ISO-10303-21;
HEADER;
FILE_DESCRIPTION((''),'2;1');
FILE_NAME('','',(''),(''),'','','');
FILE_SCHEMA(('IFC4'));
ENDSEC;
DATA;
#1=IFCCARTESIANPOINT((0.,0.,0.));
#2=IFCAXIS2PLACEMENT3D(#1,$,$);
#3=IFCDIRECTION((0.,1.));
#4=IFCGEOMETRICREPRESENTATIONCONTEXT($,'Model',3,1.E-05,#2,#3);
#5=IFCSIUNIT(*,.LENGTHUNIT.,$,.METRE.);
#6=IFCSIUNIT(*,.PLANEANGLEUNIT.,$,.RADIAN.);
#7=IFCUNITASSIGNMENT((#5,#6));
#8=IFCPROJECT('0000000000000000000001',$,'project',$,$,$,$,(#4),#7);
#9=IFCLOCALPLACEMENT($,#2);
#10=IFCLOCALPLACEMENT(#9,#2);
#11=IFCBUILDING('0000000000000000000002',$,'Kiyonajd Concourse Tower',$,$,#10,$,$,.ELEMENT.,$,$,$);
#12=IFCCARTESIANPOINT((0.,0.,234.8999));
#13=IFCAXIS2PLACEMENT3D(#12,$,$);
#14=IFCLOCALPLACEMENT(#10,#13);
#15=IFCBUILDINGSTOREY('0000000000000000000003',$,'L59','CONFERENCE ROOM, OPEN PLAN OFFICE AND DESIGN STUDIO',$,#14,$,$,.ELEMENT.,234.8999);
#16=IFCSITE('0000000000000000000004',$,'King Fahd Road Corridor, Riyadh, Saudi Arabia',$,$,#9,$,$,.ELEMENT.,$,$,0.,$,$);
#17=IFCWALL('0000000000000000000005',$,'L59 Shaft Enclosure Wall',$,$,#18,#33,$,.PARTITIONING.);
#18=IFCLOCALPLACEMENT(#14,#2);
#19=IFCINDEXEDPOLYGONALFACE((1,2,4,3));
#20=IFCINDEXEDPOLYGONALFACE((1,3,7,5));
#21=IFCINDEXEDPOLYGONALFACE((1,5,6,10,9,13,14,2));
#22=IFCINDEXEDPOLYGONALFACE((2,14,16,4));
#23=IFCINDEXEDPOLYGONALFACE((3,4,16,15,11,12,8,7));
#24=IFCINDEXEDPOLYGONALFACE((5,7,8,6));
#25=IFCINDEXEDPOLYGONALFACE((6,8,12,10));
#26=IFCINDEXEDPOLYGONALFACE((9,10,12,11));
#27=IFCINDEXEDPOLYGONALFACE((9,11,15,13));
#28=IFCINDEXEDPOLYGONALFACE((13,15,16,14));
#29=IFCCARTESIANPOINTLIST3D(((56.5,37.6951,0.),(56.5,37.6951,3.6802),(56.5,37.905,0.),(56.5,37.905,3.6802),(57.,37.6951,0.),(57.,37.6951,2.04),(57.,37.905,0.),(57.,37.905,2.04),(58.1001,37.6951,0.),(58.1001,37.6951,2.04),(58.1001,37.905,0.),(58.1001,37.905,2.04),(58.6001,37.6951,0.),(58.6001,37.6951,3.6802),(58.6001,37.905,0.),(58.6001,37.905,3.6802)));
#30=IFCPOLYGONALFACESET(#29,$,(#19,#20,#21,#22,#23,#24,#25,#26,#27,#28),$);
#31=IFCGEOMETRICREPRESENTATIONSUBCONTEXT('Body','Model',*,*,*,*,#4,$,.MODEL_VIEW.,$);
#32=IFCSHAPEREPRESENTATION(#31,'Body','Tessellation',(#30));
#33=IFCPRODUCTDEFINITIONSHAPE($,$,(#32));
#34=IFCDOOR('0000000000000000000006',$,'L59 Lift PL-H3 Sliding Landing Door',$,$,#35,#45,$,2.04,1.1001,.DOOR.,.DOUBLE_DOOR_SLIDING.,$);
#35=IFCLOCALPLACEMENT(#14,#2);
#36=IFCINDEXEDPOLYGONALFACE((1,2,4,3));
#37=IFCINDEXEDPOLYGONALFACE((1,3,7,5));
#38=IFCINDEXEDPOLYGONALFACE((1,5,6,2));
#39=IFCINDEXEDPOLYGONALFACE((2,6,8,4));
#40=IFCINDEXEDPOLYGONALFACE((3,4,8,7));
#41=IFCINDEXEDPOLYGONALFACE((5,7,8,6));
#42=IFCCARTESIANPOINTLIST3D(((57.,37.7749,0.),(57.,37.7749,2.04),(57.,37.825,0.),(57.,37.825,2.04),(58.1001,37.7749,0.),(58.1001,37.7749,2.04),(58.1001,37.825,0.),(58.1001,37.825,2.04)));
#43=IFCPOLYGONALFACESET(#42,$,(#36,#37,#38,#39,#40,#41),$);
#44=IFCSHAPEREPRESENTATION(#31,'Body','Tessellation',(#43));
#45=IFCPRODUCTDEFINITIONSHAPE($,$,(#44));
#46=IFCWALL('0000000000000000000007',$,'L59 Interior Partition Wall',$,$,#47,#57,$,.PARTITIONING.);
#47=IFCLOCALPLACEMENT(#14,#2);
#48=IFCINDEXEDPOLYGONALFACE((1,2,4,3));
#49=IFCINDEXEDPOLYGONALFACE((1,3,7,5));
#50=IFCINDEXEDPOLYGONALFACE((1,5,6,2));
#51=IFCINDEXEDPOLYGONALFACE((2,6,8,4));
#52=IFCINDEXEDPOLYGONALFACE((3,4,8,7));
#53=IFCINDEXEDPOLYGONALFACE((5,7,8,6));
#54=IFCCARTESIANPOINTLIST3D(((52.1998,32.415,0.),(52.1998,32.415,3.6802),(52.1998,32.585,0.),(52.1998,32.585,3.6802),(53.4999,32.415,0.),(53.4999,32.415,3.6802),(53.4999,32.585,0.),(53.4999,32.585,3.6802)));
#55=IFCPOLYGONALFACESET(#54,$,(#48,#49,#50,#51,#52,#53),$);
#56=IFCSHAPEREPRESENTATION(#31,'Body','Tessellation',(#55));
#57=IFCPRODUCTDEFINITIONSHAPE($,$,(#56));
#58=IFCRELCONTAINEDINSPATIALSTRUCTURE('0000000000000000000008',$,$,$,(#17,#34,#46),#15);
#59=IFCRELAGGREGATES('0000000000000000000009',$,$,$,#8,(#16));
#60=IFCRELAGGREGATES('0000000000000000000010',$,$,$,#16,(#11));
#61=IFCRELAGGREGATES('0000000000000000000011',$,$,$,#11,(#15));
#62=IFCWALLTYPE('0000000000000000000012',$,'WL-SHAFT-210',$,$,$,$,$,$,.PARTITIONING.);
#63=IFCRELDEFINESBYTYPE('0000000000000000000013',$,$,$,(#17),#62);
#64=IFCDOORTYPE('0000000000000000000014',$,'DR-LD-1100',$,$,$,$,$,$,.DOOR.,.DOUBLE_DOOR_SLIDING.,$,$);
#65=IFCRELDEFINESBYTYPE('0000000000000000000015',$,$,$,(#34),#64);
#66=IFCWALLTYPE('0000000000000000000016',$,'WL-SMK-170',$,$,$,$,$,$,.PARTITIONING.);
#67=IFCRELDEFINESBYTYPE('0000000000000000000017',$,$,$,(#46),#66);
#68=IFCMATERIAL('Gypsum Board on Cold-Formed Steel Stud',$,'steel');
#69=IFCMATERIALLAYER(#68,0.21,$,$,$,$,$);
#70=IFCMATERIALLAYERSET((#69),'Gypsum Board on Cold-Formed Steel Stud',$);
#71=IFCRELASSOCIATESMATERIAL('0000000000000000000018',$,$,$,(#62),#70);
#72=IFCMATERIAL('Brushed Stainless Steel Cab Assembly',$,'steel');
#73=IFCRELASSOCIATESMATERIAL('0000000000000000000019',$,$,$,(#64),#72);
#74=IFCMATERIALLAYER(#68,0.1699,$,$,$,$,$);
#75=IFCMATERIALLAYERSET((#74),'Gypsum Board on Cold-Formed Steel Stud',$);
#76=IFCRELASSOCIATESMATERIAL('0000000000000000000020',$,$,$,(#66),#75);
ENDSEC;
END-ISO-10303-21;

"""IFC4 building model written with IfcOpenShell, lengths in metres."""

from ifc_helpers import new_model, si_unit, direction, frame, frame_2d, origin, place, context, subcontext, project, spatial, rectangle, extrude, material, layer, layer_set, type_object, element, fill, save


model = new_model("IFC4")

# Units and contexts
model_context = context("Model", 3, precision=1e-05, world=origin(), true_north=direction((0.0, 1.0)))
body_context = subcontext(model_context, "Body", "Model", "MODEL_VIEW")
ifc_project = project(units=[si_unit("LENGTHUNIT", "METRE"), si_unit("PLANEANGLEUNIT", "RADIAN")], contexts=[model_context])

# Site, building, storey
site_placement = place(None, origin())
site = spatial("IfcSite", under=ifc_project, at=site_placement, Name="King Fahd Road Corridor, Riyadh, Saudi Arabia", CompositionType="ELEMENT", RefElevation=0.0)
building_placement = place(site_placement, origin())
building = spatial("IfcBuilding", under=site, at=building_placement, Name="Kiyonajd Concourse Tower", CompositionType="ELEMENT")
storey_placement = place(building_placement, frame((0.0, 0.0, 234.8999)))
storey = spatial("IfcBuildingStorey", under=building, at=storey_placement, Name="L59", Description="CONFERENCE ROOM, OPEN PLAN OFFICE AND DESIGN STUDIO", CompositionType="ELEMENT", Elevation=234.8999)

# Shared definitions
ifc_material_1 = material(Name="Gypsum Board on Cold-Formed Steel Stud", Category="steel")
ifc_layer_1 = layer(ifc_material_1, 0.21)
ifc_layer_set_1 = layer_set([ifc_layer_1], Name="Gypsum Board on Cold-Formed Steel Stud")
wall_type_1 = type_object("IfcWallType", Name="WL-SHAFT-210", PredefinedType="PARTITIONING", material=ifc_layer_set_1)
ifc_material_2 = material(Name="Brushed Stainless Steel Cab Assembly", Category="steel")

# Shared definitions
door_type_1 = type_object("IfcDoorType", Name="DR-LD-1100", OperationType="DOUBLE_DOOR_SLIDING", PredefinedType="DOOR", material=ifc_material_2)

# Wall, opening, door
wall_1_placement = place(storey_placement, frame((56.5, 37.8, 0.0), z_axis=(0.0, 0.0, 1.0), x_axis=(1.0, 0.0, 0.0)))
wall_1 = element("IfcWall", 1, at=wall_1_placement, inside=storey, type_object=wall_type_1, Name="L59 Shaft Enclosure Wall", PredefinedType="PARTITIONING", context=body_context, shape_type="SweptSolid", body=[
    extrude(rectangle(XDim=2.1001, YDim=0.21, at=frame_2d((1.05, 0.0))), origin(), (0.0, 0.0, 1.0), 3.6802),
])
opening_1_placement = place(wall_1_placement, frame((0.5, 0.0, 0.0)))
opening_1 = element("IfcOpeningElement", 2, at=opening_1_placement, cuts=wall_1, PredefinedType="OPENING", context=body_context, shape_type="SweptSolid", body=[
    extrude(rectangle(XDim=1.1001, YDim=2.04, at=frame_2d((0.55, 1.02))), frame((0.0, 0.115, 0.0), z_axis=(0.0, -1.0, 0.0), x_axis=(1.0, 0.0, 0.0)), (0.0, 0.0, 1.0), 0.23),
])
door_1_placement = place(opening_1_placement, origin())
door_1 = element("IfcDoor", 3, at=door_1_placement, inside=storey, type_object=door_type_1, Name="L59 Lift PL-H3 Sliding Landing Door", OperationType="DOUBLE_DOOR_SLIDING", OverallHeight=2.04, OverallWidth=1.1001, PredefinedType="DOOR", context=body_context, shape_type="SweptSolid", body=[
    extrude(rectangle(XDim=1.1001, YDim=2.04, at=frame_2d((0.55, 1.02))), frame((0.0, 0.0249, 0.0), z_axis=(0.0, -1.0, 0.0), x_axis=(1.0, 0.0, 0.0)), (0.0, 0.0, 1.0), 0.05),
])
fill(opening_1, door_1)

# Wall
ifc_layer_2 = layer(ifc_material_1, 0.1699)
ifc_layer_set_2 = layer_set([ifc_layer_2], Name="Gypsum Board on Cold-Formed Steel Stud")
wall_type_2 = type_object("IfcWallType", Name="WL-SMK-170", PredefinedType="PARTITIONING", material=ifc_layer_set_2)
wall_2_placement = place(storey_placement, frame((52.2, 32.5, 0.0), z_axis=(0.0, 0.0, 1.0), x_axis=(1.0, 0.0, 0.0)))
element("IfcWall", 4, at=wall_2_placement, inside=storey, type_object=wall_type_2, Name="L59 Interior Partition Wall", PredefinedType="PARTITIONING", context=body_context, shape_type="SweptSolid", body=[
    extrude(rectangle(XDim=1.3, YDim=0.1699, at=frame_2d((0.6499, 0.0))), origin(), (0.0, 0.0, 1.0), 3.6802),
])

save(model, "model.ifc")
